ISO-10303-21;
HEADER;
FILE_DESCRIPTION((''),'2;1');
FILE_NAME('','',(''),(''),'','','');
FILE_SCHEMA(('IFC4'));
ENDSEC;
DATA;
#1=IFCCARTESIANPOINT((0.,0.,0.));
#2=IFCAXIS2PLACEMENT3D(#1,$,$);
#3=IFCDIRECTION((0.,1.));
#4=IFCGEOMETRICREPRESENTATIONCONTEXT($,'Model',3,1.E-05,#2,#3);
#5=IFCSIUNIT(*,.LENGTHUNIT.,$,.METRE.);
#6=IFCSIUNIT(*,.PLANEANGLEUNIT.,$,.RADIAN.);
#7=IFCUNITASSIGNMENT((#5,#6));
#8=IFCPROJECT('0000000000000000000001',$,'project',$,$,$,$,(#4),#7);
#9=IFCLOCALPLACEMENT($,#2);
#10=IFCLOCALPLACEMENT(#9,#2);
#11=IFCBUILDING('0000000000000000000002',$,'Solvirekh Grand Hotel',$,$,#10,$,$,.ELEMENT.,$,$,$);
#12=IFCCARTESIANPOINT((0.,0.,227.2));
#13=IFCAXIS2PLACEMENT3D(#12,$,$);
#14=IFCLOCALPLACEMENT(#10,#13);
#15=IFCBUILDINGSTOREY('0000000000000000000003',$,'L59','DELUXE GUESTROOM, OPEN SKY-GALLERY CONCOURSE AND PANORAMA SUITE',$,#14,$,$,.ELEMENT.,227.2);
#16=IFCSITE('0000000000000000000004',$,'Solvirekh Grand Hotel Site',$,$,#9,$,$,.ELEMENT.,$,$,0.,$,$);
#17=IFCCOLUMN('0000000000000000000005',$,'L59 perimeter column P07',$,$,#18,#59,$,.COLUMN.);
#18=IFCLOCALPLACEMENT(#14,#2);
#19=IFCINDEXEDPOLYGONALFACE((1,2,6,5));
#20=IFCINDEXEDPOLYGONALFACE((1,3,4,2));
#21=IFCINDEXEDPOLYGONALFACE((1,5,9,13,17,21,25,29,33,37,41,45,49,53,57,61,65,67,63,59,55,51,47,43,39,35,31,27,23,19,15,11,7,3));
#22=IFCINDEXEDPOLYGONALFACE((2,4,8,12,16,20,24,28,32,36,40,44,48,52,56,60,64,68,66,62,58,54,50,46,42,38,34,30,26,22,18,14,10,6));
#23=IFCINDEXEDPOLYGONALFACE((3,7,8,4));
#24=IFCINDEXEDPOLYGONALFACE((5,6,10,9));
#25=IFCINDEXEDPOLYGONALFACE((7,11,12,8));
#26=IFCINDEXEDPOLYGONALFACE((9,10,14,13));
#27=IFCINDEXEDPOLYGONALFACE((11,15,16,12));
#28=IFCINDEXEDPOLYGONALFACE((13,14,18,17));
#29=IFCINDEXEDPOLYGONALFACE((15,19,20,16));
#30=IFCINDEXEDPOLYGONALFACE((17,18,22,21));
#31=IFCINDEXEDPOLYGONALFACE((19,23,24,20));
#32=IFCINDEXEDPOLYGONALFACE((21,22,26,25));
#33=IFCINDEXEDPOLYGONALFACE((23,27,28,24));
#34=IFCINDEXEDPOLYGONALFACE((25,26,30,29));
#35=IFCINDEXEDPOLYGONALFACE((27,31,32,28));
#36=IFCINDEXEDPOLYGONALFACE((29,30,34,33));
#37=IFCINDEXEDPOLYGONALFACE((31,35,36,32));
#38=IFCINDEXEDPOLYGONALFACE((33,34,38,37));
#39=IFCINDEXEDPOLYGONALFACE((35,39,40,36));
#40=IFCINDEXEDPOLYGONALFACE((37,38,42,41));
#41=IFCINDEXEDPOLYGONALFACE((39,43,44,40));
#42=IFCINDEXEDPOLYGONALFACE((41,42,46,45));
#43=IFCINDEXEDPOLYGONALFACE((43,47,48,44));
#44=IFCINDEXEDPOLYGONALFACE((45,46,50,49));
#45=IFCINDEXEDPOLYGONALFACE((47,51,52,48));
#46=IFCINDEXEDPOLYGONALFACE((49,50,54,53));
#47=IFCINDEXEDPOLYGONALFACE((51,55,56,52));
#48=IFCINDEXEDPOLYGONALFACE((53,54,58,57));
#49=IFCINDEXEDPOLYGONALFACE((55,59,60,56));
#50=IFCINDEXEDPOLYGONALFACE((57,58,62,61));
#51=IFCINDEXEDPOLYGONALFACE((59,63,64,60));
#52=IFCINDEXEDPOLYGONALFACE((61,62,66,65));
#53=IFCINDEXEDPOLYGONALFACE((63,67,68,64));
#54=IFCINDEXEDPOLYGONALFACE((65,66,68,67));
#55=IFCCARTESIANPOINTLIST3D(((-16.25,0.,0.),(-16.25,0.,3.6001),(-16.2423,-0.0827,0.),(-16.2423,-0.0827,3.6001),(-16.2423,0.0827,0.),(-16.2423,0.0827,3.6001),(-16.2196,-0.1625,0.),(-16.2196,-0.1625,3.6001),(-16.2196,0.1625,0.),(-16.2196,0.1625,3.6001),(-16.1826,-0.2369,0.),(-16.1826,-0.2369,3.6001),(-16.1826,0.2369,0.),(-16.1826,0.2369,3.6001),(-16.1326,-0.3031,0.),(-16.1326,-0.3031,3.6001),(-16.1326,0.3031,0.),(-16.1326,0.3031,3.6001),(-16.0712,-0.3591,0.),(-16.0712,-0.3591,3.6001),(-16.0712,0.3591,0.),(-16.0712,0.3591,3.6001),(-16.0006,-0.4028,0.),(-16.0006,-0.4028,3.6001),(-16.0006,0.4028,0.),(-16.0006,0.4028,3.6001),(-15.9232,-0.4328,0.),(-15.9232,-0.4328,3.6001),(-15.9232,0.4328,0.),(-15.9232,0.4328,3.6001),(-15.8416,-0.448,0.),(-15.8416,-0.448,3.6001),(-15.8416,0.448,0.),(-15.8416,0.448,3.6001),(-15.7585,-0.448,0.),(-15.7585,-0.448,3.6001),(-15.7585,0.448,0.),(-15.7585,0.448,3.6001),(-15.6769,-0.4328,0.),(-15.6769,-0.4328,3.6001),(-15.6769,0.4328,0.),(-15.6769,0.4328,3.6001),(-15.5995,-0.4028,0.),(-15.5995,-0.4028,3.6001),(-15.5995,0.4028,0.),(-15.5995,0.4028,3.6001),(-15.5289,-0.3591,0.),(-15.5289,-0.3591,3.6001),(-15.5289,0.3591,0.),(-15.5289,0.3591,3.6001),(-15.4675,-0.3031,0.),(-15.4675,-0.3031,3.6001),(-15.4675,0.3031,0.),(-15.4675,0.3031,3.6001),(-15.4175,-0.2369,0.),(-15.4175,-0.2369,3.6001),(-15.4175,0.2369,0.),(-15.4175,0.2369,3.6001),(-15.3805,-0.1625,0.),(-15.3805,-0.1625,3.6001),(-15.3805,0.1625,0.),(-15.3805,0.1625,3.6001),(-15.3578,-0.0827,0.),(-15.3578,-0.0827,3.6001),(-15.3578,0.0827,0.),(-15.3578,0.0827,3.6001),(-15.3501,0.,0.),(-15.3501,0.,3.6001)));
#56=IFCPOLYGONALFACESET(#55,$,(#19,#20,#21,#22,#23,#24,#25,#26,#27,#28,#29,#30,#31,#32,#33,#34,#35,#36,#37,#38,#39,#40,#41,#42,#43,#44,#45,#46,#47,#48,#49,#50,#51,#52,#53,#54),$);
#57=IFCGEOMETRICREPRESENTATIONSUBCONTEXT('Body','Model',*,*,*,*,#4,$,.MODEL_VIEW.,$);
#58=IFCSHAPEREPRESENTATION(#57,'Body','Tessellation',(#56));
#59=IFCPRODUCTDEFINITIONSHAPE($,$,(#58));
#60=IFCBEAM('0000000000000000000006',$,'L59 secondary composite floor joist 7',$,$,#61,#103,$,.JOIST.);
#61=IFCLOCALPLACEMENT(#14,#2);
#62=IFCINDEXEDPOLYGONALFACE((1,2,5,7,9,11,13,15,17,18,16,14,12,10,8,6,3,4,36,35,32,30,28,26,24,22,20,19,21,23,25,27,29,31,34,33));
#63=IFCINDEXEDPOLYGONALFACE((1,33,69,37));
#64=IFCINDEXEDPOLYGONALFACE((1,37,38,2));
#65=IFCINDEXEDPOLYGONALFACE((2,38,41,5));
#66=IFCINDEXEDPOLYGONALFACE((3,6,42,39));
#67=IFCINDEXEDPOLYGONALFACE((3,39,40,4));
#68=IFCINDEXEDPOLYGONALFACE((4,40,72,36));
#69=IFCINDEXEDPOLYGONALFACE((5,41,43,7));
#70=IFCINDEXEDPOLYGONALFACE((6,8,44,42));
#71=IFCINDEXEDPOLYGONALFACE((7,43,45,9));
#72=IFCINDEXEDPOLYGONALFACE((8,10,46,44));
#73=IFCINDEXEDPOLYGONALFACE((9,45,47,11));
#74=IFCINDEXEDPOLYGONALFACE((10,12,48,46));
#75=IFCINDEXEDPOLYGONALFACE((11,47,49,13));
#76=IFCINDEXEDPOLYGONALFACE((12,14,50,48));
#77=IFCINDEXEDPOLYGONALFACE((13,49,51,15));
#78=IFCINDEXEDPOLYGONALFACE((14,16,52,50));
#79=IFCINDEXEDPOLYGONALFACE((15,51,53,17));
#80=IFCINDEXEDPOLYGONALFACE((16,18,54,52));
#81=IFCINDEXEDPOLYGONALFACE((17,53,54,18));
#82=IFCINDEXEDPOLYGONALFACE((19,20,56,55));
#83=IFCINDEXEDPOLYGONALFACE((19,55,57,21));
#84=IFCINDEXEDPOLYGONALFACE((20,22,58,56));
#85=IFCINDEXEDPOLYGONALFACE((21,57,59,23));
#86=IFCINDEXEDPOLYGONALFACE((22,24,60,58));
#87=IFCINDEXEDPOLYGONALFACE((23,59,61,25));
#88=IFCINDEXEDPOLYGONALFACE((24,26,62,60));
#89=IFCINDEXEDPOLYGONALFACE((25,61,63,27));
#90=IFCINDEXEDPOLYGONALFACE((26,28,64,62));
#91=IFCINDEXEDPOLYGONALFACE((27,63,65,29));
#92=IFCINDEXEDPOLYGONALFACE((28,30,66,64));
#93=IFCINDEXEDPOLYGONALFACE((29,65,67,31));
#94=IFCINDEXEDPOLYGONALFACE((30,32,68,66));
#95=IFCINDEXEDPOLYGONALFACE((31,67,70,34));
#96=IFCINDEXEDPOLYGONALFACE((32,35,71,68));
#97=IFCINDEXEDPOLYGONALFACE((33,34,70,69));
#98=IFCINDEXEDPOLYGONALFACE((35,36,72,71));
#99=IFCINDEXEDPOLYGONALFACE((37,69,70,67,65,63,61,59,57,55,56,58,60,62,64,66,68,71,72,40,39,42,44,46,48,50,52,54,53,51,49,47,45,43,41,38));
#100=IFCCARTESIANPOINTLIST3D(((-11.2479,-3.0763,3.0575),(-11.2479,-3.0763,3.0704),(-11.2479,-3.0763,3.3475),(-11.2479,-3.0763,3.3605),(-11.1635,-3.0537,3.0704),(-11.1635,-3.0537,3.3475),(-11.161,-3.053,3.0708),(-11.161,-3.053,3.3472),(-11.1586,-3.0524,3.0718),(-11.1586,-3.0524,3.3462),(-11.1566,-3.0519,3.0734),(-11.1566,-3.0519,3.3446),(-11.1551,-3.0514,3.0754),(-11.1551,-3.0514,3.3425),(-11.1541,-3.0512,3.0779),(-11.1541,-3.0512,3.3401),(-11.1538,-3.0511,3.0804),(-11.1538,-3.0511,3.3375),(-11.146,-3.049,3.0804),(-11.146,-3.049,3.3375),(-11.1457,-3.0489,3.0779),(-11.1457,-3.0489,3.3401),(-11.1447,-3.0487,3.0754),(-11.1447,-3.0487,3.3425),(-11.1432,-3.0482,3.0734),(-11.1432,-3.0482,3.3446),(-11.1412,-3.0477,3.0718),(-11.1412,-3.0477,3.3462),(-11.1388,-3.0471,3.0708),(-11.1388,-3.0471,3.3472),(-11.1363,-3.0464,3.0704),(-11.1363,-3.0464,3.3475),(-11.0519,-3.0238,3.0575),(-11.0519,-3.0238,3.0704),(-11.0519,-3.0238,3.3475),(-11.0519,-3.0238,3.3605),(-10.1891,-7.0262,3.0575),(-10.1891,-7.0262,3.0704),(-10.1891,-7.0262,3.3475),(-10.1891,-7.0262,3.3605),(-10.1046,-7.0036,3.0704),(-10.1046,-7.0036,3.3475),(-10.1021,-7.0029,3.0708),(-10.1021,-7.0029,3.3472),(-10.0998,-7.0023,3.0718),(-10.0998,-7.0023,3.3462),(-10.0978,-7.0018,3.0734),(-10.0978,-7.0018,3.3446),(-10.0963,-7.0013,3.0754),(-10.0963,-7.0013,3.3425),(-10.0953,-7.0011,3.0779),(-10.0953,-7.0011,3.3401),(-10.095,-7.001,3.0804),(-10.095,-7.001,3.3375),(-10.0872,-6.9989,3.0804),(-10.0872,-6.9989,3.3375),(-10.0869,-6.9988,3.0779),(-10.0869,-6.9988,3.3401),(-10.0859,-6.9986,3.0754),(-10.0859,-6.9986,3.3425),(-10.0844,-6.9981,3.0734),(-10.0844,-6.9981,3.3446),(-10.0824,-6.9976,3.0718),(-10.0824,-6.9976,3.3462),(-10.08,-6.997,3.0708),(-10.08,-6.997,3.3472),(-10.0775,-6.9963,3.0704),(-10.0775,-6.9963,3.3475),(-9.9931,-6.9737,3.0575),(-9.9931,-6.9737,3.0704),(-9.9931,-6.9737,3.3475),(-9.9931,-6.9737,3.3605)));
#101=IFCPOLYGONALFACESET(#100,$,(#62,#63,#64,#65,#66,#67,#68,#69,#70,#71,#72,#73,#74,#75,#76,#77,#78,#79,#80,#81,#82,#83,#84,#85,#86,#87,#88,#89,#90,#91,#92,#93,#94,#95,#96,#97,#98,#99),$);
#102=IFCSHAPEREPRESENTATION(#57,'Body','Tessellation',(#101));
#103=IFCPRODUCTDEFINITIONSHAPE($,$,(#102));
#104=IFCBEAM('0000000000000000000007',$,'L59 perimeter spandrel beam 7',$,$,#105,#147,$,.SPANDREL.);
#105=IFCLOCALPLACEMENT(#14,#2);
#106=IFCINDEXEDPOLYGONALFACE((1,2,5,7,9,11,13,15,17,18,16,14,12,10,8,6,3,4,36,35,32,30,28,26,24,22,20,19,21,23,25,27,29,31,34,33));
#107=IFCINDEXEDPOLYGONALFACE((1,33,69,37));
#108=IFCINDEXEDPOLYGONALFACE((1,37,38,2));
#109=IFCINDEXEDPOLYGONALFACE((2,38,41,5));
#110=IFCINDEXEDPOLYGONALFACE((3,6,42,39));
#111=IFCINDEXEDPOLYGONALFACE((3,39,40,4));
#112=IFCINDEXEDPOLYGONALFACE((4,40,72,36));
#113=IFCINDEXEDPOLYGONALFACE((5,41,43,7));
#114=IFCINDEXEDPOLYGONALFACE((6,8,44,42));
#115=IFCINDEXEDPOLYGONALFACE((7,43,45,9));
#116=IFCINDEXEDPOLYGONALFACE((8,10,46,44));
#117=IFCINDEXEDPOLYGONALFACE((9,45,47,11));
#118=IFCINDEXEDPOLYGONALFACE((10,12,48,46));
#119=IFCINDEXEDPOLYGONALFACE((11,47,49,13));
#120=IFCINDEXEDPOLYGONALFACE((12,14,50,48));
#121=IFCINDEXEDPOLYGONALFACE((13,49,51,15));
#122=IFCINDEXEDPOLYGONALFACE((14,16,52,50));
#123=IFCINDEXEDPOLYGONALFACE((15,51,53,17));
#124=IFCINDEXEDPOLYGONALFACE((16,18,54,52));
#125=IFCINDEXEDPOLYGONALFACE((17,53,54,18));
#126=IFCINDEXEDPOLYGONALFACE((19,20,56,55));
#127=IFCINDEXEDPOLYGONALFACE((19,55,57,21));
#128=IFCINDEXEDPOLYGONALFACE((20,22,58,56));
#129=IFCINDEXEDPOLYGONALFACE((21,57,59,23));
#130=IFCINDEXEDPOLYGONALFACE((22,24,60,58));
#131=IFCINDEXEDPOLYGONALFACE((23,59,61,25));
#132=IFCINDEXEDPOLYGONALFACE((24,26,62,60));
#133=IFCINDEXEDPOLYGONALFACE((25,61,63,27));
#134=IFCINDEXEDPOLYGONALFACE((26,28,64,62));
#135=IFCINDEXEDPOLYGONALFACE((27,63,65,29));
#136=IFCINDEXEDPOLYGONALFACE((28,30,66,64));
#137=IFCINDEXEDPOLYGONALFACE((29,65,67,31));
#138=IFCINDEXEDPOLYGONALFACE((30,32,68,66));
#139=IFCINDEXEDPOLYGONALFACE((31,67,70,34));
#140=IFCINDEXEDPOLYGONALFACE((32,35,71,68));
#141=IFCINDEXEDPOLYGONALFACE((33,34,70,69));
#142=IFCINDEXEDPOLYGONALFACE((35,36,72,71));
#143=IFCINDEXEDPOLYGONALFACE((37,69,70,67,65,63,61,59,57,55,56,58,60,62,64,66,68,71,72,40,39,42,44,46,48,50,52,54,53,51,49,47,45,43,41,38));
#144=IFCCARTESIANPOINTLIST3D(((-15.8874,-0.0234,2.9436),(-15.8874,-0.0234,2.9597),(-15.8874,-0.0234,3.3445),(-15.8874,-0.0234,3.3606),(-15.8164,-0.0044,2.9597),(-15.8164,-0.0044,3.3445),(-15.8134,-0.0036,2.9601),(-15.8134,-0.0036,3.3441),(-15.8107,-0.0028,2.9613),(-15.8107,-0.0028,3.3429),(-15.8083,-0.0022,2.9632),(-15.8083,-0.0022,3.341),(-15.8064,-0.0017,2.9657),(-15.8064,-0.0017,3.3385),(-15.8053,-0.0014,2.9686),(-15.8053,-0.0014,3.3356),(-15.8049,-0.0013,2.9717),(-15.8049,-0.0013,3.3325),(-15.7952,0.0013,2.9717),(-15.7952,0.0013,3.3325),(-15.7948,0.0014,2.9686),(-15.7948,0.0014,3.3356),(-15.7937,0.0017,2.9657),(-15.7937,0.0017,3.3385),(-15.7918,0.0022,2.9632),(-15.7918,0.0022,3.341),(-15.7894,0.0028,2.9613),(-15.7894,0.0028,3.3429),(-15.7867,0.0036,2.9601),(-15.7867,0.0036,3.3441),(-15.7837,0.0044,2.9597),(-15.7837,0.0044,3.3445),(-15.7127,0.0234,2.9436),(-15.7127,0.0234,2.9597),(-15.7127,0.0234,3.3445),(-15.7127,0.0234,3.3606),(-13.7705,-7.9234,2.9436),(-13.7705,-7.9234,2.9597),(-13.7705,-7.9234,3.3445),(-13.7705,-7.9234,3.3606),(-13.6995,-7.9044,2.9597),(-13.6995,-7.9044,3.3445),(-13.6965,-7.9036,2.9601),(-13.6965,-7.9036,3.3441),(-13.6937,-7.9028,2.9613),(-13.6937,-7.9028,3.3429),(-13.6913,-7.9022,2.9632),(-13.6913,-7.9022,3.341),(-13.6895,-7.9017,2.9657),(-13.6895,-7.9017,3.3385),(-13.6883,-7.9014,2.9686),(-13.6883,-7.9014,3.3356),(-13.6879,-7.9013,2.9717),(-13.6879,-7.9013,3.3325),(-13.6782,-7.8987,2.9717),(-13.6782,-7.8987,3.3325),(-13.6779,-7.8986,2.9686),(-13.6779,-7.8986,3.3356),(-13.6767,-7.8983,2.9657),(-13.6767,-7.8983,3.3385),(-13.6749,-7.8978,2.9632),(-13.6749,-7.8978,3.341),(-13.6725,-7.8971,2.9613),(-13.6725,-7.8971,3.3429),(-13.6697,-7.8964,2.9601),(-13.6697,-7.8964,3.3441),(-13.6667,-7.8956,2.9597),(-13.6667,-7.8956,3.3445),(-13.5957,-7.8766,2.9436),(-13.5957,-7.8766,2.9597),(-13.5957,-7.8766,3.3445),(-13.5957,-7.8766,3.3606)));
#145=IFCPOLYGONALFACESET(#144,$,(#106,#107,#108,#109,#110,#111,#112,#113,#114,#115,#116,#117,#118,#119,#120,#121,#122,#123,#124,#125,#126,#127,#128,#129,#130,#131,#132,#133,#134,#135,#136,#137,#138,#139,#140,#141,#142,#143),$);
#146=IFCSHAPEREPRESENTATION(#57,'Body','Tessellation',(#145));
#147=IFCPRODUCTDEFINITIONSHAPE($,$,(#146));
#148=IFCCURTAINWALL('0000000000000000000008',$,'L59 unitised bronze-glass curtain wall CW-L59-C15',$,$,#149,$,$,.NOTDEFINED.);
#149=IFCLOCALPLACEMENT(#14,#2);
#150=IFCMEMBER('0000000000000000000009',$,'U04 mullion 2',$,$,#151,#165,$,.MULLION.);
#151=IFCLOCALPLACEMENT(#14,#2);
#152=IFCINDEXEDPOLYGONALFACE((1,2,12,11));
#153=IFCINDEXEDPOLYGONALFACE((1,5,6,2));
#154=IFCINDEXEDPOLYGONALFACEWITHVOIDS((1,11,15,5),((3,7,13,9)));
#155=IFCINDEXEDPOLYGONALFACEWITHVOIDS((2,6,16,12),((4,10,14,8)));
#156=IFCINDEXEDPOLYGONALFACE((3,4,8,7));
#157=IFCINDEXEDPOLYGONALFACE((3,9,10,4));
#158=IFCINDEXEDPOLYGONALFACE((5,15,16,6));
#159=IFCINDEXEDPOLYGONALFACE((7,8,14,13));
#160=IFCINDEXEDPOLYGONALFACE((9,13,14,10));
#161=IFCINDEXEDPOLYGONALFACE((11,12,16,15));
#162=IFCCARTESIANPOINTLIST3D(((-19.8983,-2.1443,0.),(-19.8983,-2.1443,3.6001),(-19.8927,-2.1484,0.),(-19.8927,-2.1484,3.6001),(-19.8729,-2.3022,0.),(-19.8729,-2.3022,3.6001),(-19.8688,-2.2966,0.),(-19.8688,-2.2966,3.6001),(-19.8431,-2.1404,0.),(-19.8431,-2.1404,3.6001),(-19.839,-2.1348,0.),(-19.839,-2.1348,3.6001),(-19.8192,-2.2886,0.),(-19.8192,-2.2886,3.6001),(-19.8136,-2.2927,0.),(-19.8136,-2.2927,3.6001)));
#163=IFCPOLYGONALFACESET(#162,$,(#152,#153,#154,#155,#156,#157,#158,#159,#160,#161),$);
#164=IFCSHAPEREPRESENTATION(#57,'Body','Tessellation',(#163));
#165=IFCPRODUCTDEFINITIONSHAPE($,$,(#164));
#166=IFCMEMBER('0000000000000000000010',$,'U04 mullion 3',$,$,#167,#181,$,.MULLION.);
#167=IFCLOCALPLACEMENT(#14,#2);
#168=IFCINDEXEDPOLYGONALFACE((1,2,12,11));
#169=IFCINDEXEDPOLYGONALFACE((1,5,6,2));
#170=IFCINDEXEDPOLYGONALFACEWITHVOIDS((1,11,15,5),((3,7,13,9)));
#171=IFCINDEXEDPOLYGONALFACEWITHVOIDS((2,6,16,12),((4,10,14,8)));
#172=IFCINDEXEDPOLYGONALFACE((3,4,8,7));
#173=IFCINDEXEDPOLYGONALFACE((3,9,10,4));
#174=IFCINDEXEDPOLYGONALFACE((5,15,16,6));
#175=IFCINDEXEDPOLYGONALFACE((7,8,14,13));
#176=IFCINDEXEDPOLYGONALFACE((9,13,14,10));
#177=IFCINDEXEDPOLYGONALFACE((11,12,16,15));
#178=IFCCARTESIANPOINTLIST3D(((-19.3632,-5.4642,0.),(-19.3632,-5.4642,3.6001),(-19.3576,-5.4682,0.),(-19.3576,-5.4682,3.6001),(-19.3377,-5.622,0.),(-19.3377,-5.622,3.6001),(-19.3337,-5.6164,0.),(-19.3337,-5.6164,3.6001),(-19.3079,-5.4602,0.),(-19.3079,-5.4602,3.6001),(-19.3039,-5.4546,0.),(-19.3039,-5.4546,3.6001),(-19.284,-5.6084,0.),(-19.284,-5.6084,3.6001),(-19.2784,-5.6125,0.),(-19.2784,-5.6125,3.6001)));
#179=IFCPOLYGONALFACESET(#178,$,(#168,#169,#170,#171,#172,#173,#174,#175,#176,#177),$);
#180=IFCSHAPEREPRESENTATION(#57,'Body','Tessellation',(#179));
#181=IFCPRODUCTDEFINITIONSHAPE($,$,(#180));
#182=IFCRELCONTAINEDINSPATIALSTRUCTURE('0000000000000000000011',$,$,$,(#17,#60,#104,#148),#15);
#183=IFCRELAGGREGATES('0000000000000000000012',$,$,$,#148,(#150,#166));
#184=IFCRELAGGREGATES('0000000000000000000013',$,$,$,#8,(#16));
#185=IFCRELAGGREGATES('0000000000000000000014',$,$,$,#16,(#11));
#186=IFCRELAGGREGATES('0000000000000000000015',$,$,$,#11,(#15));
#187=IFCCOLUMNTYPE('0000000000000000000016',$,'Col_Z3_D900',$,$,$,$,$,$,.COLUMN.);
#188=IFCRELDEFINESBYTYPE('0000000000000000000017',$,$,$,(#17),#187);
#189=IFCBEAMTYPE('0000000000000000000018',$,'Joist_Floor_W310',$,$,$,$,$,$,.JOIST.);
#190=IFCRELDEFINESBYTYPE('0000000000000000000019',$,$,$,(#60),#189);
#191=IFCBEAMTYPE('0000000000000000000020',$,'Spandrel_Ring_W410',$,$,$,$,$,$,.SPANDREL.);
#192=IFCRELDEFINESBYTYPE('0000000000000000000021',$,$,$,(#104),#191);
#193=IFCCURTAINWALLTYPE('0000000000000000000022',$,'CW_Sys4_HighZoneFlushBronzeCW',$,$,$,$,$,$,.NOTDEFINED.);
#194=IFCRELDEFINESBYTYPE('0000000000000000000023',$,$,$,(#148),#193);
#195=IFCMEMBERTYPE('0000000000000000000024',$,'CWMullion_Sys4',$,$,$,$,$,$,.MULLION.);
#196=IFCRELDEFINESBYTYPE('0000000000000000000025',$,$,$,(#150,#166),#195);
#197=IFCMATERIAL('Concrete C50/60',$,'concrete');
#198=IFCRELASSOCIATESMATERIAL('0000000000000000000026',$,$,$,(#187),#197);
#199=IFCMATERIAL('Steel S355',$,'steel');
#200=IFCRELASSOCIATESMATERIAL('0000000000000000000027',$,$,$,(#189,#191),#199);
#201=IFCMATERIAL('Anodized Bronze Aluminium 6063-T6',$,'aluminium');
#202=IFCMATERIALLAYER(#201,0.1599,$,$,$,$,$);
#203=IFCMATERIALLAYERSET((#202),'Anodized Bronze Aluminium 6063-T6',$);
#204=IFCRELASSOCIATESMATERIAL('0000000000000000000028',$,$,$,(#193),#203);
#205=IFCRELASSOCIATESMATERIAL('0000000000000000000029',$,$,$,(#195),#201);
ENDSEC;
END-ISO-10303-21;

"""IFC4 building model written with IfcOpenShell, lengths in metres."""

from ifc_helpers import new_model, si_unit, direction, frame, origin, origin_2d, place, context, subcontext, project, spatial, hollow_rectangle, circle, i_section, extrude, source, transform, mapped, material, layer, layer_set, material_profile, profile_set, type_object, element, aggregate, save


model = new_model("IFC4")

# Units and contexts
model_context = context("Model", 3, precision=1e-05, world=origin(), true_north=direction((0.0, 1.0)))
body_context = subcontext(model_context, "Body", "Model", "MODEL_VIEW")
ifc_project = project(units=[si_unit("LENGTHUNIT", "METRE"), si_unit("PLANEANGLEUNIT", "RADIAN")], contexts=[model_context])

# Site, building, storey
site_placement = place(None, origin())
site = spatial("IfcSite", under=ifc_project, at=site_placement, Name="Solvirekh Grand Hotel Site", CompositionType="ELEMENT", RefElevation=0.0)
building_placement = place(site_placement, origin())
building = spatial("IfcBuilding", under=site, at=building_placement, Name="Solvirekh Grand Hotel", CompositionType="ELEMENT")
storey_placement = place(building_placement, frame((0.0, 0.0, 227.2)))
storey = spatial("IfcBuildingStorey", under=building, at=storey_placement, Name="L59", Description="DELUXE GUESTROOM, OPEN SKY-GALLERY CONCOURSE AND PANORAMA SUITE", CompositionType="ELEMENT", Elevation=227.2)

# Column
ifc_material_1 = material(Name="Concrete C50/60", Category="concrete")
ifc_material_profile_1 = material_profile(ifc_material_1, circle(Radius=0.45, at=origin_2d()), Name="RC CIRC D900")
ifc_profile_set_1 = profile_set([ifc_material_profile_1], Name="Concrete C50/60")
column_type = type_object("IfcColumnType", Name="Col_Z3_D900", PredefinedType="COLUMN", material=ifc_profile_set_1)
column_placement = place(storey_placement, frame((-15.8, 0.0, 0.0), z_axis=(0.0, 0.0, 1.0), x_axis=(1.0, 0.0, 0.0)))
element("IfcColumn", 1, at=column_placement, inside=storey, type_object=column_type, Name="L59 perimeter column P07", PredefinedType="COLUMN", context=body_context, shape_type="SweptSolid", body=[
    extrude(circle(Radius=0.45, at=origin_2d()), origin(), (0.0, 0.0, 1.0), 3.6001),
])

# Beams
ifc_material_2 = material(Name="Steel S355", Category="steel")
ifc_material_profile_2 = material_profile(ifc_material_2, i_section(OverallWidth=0.2029, OverallDepth=0.303, WebThickness=0.0081, FlangeThickness=0.0129, FilletRadius=0.01, at=origin_2d()), Name="W310X60")
ifc_profile_set_2 = profile_set([ifc_material_profile_2], Name="Steel S355")
beam_type_1 = type_object("IfcBeamType", Name="Joist_Floor_W310", PredefinedType="JOIST", material=ifc_profile_set_2)
beam_1_placement = place(storey_placement, frame((-11.1499, -3.05, 3.209), z_axis=(0.258922, -0.965898, 0.0), x_axis=(0.965898, 0.258922, 0.0)))
element("IfcBeam", 2, at=beam_1_placement, inside=storey, type_object=beam_type_1, Name="L59 secondary composite floor joist 7", PredefinedType="JOIST", context=body_context, shape_type="SweptSolid", body=[
    extrude(i_section(OverallWidth=0.2029, OverallDepth=0.303, WebThickness=0.0081, FlangeThickness=0.0129, FilletRadius=0.01, at=origin_2d()), origin(), (0.0, 0.0, 1.0), 4.0894),
])
ifc_material_profile_3 = material_profile(ifc_material_2, i_section(OverallWidth=0.1809, OverallDepth=0.417, WebThickness=0.01, FlangeThickness=0.0161, FilletRadius=0.012, at=origin_2d()), Name="W410X85")
ifc_profile_set_3 = profile_set([ifc_material_profile_3], Name="Steel S355")
beam_type_2 = type_object("IfcBeamType", Name="Spandrel_Ring_W410", PredefinedType="SPANDREL", material=ifc_profile_set_3)
beam_2_placement = place(storey_placement, frame((-15.8, 0.0, 3.1521), z_axis=(0.258839, -0.965921, 0.0), x_axis=(0.965921, 0.258839, 0.0)))
element("IfcBeam", 3, at=beam_2_placement, inside=storey, type_object=beam_type_2, Name="L59 perimeter spandrel beam 7", PredefinedType="SPANDREL", context=body_context, shape_type="SweptSolid", body=[
    extrude(i_section(OverallWidth=0.1809, OverallDepth=0.417, WebThickness=0.01, FlangeThickness=0.0161, FilletRadius=0.012, at=origin_2d()), origin(), (0.0, 0.0, 1.0), 8.1787),
])

# Curtain wall, members
ifc_material_3 = material(Name="Anodized Bronze Aluminium 6063-T6", Category="aluminium")
ifc_layer_1 = layer(ifc_material_3, 0.1599)
ifc_layer_set_1 = layer_set([ifc_layer_1], Name="Anodized Bronze Aluminium 6063-T6")
curtain_wall_type = type_object("IfcCurtainWallType", Name="CW_Sys4_HighZoneFlushBronzeCW", PredefinedType="NOTDEFINED", material=ifc_layer_set_1)
curtain_wall_placement = place(storey_placement, origin())
curtain_wall = element("IfcCurtainWall", 4, at=curtain_wall_placement, inside=storey, type_object=curtain_wall_type, Name="L59 unitised bronze-glass curtain wall CW-L59-C15", PredefinedType="NOTDEFINED")
ifc_material_profile_4 = material_profile(ifc_material_3, hollow_rectangle(XDim=0.0601, YDim=0.1599, WallThickness=0.0049, at=origin_2d()), Name="ALU RHS 160X60X5")
ifc_profile_set_4 = profile_set([ifc_material_profile_4], Name="Anodized Bronze Aluminium 6063-T6")
member_type_1 = type_object("IfcMemberType", Name="CWMullion_Sys4", PredefinedType="MULLION", material=ifc_profile_set_4)
shared_shape_1 = source(origin(), body_context, "Body", "SweptSolid", [
    extrude(hollow_rectangle(XDim=0.0601, YDim=0.1599, WallThickness=0.0049, at=origin_2d()), origin(), (0.0, 0.0, 1.0), 3.6001),
])
member_1_placement = place(storey_placement, frame((-19.856, -2.2185, 0.0), z_axis=(0.0, 0.0, 1.0), x_axis=(0.987252, 0.159163, 0.0)))
member_1 = element("IfcMember", 5, at=member_1_placement, type_object=member_type_1, Name="U04 mullion 2", PredefinedType="MULLION", context=body_context, shape_type="MappedRepresentation", body=[
    mapped(shared_shape_1, transform((0.0, 0.0, 0.0), x_axis=(1.0, 0.0, 0.0), y_axis=(0.0, 1.0, 0.0), z_axis=(0.0, 0.0, 1.0), scale=1.0)),
])
member_2_placement = place(storey_placement, frame((-19.3208, -5.5383, 0.0), z_axis=(0.0, 0.0, 1.0), x_axis=(0.987252, 0.159163, 0.0)))
member_2 = element("IfcMember", 6, at=member_2_placement, type_object=member_type_1, Name="U04 mullion 3", PredefinedType="MULLION", context=body_context, shape_type="MappedRepresentation", body=[
    mapped(shared_shape_1, transform((0.0, 0.0, 0.0), x_axis=(1.0, 0.0, 0.0), y_axis=(0.0, 1.0, 0.0), z_axis=(0.0, 0.0, 1.0), scale=1.0)),
])
aggregate(curtain_wall, [member_1, member_2])

save(model, "model.ifc")
